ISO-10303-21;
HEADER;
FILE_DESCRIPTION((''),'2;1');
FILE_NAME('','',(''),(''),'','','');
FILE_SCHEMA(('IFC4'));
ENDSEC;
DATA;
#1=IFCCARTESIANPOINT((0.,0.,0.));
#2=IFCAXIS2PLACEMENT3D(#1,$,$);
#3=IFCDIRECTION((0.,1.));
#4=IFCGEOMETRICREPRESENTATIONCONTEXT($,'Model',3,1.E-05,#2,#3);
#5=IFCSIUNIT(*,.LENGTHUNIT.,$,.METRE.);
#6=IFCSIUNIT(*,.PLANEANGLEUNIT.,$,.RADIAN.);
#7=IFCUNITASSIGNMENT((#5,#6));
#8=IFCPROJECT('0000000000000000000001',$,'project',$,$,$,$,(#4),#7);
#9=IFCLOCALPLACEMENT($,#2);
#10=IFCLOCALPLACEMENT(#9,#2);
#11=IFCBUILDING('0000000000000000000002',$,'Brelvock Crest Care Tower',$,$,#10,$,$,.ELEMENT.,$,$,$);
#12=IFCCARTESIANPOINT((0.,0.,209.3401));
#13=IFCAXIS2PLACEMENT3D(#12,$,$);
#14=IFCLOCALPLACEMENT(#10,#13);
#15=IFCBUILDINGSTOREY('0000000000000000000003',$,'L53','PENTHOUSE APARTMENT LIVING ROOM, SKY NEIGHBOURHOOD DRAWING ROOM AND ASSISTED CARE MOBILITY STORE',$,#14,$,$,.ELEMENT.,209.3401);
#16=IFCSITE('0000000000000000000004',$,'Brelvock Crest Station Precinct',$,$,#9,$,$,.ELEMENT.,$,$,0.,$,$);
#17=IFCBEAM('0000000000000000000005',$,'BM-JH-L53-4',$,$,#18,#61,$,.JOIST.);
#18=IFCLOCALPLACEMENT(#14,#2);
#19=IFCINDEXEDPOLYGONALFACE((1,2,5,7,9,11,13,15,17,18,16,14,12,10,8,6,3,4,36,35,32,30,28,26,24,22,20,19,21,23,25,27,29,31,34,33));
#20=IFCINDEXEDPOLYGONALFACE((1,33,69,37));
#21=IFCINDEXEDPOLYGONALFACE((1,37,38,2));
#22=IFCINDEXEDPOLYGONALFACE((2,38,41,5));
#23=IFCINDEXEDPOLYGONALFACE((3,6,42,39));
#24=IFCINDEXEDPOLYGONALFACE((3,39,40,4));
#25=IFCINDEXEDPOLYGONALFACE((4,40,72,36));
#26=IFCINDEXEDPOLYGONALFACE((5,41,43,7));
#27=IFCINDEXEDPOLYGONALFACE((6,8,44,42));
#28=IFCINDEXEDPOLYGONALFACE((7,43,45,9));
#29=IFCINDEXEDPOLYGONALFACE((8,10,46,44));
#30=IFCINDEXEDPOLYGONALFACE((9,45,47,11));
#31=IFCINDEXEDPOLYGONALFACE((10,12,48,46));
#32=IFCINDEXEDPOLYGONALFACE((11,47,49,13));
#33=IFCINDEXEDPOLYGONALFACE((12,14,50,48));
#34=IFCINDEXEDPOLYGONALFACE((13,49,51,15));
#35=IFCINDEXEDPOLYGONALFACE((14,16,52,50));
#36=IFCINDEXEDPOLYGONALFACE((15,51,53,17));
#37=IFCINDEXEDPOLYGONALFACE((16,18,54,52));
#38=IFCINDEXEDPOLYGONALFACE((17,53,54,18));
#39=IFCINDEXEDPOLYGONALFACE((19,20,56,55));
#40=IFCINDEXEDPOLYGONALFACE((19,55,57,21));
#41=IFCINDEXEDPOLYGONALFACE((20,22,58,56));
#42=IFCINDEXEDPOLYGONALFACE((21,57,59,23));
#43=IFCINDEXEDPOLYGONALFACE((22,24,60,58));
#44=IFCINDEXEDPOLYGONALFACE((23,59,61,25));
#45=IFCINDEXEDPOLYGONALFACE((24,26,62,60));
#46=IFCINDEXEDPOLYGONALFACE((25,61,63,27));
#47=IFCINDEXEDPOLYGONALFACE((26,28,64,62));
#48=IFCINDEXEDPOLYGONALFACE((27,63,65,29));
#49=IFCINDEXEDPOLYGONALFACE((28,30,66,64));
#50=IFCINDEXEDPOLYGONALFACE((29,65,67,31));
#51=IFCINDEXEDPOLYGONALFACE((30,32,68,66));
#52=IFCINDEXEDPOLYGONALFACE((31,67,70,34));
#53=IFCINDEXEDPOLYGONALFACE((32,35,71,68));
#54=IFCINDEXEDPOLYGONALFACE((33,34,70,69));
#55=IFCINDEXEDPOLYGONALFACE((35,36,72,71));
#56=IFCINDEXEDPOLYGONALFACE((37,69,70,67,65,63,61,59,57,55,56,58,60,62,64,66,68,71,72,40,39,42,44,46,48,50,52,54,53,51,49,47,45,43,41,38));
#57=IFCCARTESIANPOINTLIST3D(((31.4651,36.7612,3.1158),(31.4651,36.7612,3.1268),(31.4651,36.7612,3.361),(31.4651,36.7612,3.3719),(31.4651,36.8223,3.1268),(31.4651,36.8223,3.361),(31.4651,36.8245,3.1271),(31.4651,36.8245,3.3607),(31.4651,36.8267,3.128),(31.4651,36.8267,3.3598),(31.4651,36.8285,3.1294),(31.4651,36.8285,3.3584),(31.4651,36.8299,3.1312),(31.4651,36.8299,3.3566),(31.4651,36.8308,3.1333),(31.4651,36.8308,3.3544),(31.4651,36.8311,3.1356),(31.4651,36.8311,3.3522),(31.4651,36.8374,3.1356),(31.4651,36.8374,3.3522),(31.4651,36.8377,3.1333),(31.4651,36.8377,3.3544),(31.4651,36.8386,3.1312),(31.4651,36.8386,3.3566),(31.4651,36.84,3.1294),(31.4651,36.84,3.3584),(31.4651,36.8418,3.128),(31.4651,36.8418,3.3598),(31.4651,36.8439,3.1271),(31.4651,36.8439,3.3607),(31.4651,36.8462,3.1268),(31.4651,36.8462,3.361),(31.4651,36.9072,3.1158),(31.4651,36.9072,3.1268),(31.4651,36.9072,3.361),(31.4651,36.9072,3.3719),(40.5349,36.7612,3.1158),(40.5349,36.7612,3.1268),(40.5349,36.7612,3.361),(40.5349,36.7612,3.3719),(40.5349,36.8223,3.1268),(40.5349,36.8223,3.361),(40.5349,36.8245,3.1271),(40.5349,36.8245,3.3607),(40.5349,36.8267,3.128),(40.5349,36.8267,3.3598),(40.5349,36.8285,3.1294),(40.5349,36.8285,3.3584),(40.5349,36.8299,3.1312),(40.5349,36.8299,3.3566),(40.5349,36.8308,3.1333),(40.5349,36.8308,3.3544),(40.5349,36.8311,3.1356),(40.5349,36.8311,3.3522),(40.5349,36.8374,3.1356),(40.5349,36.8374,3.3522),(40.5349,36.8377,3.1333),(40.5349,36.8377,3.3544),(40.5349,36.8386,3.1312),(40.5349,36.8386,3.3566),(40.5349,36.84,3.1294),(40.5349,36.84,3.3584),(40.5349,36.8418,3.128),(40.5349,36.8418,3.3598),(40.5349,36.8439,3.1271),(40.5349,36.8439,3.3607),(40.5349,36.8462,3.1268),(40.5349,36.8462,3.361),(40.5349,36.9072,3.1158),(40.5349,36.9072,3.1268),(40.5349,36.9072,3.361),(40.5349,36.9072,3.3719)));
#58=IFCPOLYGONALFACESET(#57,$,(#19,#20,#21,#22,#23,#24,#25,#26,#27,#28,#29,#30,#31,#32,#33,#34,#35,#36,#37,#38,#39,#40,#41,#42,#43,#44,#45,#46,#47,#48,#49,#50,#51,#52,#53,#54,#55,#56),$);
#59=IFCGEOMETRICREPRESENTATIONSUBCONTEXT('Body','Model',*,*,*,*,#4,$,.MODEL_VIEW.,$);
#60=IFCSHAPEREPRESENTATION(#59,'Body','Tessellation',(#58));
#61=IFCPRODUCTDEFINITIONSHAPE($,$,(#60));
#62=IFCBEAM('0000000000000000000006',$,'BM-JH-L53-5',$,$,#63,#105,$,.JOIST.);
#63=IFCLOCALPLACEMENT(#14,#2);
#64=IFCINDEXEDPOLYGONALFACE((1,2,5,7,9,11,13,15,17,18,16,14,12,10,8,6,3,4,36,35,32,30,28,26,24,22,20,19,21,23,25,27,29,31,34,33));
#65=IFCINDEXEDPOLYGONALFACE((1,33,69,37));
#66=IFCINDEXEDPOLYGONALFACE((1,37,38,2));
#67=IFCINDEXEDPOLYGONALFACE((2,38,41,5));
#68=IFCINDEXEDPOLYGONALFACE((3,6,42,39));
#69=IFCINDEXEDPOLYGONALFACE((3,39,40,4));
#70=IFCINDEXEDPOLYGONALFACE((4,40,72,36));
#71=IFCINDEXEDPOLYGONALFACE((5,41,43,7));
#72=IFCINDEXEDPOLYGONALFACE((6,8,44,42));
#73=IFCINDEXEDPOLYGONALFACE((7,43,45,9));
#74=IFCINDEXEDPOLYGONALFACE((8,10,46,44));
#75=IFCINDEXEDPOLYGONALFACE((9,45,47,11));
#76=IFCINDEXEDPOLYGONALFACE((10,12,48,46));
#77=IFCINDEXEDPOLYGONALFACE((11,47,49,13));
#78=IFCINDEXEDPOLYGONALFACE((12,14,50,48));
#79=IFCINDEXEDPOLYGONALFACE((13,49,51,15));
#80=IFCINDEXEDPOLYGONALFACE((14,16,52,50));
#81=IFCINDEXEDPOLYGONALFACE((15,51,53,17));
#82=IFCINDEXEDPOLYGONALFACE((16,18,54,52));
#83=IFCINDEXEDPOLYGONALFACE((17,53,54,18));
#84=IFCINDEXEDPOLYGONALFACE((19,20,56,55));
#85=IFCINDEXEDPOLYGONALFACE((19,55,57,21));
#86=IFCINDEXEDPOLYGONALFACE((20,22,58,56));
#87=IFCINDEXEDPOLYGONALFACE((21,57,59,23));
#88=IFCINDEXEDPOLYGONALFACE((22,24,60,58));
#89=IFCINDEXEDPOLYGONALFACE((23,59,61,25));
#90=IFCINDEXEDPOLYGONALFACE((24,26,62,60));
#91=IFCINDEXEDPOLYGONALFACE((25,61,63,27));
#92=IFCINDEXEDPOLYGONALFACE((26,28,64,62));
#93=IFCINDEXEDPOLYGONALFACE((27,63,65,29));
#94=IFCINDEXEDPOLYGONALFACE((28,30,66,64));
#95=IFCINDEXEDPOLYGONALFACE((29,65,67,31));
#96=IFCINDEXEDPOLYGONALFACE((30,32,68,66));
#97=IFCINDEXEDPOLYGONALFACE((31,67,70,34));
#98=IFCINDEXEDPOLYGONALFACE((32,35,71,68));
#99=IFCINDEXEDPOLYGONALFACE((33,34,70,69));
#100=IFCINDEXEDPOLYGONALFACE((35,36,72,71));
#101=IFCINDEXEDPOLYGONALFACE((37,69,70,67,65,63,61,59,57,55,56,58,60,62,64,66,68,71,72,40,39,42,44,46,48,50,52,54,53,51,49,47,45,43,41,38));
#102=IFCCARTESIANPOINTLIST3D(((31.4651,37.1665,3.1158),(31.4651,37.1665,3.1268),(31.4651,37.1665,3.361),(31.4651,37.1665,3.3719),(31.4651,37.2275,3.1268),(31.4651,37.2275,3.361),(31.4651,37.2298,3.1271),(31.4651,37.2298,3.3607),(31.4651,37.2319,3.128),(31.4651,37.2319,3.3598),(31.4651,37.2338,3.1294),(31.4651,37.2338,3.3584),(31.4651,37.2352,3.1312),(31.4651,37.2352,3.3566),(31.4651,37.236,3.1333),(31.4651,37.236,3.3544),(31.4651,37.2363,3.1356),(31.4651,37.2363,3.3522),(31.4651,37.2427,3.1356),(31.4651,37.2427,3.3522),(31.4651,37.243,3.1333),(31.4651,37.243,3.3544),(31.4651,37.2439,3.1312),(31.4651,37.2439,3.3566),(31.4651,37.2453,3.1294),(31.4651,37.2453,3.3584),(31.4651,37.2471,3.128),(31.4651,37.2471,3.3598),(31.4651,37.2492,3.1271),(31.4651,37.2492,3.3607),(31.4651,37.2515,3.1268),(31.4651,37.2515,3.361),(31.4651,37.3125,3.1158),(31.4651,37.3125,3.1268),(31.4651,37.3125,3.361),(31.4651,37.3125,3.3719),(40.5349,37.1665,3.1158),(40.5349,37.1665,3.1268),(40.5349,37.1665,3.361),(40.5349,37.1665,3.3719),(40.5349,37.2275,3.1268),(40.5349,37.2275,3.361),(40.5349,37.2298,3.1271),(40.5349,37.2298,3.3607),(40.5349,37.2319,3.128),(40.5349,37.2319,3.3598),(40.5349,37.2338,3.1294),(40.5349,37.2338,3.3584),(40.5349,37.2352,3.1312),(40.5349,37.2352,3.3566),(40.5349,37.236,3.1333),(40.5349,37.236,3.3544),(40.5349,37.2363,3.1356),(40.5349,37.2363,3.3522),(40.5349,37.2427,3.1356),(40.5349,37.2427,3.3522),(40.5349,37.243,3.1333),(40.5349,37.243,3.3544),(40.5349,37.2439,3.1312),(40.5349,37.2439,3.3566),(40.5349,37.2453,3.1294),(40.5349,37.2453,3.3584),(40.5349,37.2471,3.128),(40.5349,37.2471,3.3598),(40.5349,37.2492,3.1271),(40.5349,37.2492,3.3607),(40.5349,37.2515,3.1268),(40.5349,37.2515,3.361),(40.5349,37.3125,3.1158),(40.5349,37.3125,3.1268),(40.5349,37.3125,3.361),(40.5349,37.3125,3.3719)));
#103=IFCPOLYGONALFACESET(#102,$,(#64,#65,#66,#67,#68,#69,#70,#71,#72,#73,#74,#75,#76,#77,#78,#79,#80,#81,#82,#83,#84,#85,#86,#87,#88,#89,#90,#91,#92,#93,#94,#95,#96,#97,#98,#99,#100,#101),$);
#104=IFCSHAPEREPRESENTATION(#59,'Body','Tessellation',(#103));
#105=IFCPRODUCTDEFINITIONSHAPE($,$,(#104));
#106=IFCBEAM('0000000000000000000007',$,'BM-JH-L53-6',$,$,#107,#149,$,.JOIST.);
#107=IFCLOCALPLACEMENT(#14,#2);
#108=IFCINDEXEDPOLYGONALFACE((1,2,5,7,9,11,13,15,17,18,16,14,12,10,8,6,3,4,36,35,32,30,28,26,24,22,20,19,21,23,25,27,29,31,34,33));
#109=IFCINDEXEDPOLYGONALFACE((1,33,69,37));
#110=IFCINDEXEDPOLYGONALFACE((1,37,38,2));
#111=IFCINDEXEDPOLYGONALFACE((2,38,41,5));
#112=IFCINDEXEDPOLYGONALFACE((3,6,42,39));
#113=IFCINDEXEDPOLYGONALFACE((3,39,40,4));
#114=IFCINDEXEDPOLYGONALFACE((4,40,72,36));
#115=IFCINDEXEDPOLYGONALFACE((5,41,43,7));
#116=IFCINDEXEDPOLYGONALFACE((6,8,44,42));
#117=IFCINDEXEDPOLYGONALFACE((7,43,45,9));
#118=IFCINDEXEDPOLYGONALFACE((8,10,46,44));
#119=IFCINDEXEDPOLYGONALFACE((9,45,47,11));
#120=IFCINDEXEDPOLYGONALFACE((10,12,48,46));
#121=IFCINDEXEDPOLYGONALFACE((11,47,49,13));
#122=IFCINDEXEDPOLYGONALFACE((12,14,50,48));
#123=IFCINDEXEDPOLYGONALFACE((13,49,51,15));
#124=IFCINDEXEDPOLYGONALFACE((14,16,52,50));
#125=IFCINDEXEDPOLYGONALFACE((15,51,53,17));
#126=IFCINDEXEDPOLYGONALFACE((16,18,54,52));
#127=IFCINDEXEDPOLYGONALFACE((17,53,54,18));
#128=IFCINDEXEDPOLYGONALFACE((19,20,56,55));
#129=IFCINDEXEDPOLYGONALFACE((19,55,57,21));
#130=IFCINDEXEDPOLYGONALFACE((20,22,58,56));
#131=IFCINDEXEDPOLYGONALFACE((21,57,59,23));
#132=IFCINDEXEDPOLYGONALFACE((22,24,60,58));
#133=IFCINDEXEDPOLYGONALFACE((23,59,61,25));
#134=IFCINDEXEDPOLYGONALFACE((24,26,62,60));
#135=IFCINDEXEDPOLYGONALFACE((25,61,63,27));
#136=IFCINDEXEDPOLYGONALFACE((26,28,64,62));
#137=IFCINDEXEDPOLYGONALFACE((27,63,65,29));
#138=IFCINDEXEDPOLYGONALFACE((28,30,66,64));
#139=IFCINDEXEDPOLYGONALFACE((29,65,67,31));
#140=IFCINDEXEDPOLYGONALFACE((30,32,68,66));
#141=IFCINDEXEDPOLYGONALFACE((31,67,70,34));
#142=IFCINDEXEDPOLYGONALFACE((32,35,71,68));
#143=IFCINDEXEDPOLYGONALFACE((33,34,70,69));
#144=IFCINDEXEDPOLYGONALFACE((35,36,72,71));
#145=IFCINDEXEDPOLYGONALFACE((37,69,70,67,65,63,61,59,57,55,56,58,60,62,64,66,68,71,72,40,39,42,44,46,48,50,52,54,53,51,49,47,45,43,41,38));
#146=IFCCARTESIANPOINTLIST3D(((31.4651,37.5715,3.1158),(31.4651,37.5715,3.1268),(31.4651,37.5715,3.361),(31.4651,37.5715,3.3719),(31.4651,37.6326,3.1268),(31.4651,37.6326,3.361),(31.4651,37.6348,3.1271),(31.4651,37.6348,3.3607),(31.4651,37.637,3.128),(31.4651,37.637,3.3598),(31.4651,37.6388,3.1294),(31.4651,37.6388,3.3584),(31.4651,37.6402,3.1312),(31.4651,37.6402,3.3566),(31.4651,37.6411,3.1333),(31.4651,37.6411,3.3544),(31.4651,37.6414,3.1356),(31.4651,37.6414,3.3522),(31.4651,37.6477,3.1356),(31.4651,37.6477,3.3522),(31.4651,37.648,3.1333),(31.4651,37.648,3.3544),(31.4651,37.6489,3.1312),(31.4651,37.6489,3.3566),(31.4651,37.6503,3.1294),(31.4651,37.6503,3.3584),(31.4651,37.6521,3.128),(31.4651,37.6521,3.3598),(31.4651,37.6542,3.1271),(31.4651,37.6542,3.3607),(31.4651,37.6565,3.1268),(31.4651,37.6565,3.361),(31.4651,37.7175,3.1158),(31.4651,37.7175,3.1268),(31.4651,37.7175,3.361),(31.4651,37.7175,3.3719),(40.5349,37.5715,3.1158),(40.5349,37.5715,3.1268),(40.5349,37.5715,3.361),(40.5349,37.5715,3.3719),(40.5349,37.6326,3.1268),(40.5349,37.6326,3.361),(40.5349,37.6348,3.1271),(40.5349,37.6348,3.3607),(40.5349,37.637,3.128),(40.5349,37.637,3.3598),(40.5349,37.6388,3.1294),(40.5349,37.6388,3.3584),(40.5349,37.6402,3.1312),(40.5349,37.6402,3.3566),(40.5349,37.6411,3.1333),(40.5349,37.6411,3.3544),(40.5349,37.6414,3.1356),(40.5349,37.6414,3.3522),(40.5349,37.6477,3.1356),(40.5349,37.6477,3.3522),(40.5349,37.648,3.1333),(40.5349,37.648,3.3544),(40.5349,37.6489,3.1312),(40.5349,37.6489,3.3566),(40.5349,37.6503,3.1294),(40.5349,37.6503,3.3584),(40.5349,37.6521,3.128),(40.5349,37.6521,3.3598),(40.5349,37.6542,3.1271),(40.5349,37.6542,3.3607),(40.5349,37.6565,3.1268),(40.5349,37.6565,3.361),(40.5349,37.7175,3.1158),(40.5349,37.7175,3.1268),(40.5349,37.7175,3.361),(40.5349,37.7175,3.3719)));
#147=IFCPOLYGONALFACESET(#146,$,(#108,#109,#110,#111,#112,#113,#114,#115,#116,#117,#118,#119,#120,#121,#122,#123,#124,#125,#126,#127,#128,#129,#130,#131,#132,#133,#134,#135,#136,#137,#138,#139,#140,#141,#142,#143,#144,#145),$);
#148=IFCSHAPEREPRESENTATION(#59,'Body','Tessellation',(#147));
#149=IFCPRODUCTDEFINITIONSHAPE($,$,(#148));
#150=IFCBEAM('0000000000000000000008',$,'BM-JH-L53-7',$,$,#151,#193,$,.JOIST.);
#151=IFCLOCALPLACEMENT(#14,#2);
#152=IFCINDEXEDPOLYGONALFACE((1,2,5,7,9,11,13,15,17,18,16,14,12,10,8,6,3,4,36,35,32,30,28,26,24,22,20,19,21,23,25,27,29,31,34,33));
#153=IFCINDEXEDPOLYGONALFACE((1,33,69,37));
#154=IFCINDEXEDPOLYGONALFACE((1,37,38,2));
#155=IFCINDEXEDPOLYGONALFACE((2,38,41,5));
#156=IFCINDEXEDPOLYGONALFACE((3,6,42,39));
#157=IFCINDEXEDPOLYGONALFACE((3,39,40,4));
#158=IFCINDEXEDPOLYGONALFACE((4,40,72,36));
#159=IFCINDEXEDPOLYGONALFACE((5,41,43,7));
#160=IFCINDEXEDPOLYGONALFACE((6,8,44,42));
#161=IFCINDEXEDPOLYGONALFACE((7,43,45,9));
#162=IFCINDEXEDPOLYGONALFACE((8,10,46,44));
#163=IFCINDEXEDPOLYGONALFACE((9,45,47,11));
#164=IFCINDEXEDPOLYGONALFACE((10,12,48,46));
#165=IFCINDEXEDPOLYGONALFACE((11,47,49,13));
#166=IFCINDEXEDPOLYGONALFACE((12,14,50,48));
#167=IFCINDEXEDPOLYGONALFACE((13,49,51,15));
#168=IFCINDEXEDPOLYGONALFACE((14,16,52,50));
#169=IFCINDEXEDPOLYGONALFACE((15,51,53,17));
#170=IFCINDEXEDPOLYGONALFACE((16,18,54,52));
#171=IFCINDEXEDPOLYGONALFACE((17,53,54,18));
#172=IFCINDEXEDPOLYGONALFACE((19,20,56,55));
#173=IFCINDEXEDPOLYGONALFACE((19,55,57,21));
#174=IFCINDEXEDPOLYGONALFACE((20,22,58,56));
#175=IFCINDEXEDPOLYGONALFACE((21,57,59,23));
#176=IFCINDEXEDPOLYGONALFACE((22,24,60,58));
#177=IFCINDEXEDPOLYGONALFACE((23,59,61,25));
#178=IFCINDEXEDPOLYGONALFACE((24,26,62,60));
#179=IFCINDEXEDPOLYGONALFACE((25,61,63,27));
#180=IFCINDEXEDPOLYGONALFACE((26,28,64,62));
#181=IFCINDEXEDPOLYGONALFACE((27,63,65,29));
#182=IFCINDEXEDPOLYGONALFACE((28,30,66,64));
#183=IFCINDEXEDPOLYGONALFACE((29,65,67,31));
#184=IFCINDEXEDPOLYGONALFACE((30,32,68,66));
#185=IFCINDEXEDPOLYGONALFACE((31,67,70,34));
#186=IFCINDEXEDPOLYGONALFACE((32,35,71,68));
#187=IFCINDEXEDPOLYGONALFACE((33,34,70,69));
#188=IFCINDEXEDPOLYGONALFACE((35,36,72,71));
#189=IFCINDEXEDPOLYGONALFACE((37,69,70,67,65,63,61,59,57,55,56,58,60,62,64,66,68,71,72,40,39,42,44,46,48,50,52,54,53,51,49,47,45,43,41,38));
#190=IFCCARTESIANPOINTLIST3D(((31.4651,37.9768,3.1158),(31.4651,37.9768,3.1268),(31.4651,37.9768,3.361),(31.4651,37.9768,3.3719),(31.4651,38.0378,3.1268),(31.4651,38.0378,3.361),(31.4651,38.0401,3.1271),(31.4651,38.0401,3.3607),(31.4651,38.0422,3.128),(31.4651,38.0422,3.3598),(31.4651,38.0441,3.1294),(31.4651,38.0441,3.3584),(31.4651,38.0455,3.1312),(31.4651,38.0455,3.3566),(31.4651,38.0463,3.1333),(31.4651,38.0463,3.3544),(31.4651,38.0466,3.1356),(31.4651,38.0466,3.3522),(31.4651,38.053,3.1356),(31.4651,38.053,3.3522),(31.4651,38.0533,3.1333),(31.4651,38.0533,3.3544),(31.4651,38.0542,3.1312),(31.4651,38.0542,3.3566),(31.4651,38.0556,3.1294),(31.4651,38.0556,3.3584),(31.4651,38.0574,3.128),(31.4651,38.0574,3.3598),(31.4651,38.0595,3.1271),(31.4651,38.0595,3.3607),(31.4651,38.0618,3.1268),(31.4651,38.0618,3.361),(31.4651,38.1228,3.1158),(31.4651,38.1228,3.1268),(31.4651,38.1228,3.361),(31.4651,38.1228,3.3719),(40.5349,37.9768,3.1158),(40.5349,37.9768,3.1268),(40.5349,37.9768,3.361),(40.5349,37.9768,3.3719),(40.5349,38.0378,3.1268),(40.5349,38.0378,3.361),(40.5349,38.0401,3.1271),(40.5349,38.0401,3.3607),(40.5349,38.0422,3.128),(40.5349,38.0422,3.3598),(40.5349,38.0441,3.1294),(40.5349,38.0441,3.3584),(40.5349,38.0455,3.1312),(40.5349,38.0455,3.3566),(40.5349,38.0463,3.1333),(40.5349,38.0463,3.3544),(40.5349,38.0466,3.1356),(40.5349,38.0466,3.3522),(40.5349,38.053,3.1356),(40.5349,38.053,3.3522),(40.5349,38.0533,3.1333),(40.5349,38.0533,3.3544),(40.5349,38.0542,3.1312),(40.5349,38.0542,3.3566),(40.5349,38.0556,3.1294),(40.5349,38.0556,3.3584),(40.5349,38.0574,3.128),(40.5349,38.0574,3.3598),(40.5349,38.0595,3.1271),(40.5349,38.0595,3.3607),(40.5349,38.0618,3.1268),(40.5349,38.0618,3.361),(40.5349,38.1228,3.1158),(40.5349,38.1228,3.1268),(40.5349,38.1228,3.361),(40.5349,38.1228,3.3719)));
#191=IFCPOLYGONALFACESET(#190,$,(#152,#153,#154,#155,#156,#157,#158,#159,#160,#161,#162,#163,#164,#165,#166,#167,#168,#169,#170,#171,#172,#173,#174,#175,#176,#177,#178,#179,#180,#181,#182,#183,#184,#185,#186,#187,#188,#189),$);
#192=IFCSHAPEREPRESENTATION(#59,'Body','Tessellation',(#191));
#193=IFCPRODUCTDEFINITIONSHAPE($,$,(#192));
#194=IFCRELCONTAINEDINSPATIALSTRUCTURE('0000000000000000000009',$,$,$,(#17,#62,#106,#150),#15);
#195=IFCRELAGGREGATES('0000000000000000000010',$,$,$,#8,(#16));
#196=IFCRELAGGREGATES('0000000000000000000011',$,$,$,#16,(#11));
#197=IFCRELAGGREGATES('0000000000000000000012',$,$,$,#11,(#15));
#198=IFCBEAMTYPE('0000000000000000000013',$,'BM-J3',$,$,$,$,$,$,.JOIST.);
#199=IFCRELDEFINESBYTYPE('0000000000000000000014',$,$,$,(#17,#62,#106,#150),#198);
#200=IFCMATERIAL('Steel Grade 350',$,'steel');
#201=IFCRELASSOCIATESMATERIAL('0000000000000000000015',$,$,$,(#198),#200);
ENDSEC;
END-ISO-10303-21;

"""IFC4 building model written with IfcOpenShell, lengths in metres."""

from ifc_helpers import new_model, si_unit, direction, frame, origin, origin_2d, place, context, subcontext, project, spatial, i_section, extrude, source, transform, mapped, material, material_profile, profile_set, type_object, element, save


model = new_model("IFC4")

# Units and contexts
model_context = context("Model", 3, precision=1e-05, world=origin(), true_north=direction((0.0, 1.0)))
body_context = subcontext(model_context, "Body", "Model", "MODEL_VIEW")
ifc_project = project(units=[si_unit("LENGTHUNIT", "METRE"), si_unit("PLANEANGLEUNIT", "RADIAN")], contexts=[model_context])

# Site, building, storey
site_placement = place(None, origin())
site = spatial("IfcSite", under=ifc_project, at=site_placement, Name="Brelvock Crest Station Precinct", CompositionType="ELEMENT", RefElevation=0.0)
building_placement = place(site_placement, origin())
building = spatial("IfcBuilding", under=site, at=building_placement, Name="Brelvock Crest Care Tower", CompositionType="ELEMENT")
storey_placement = place(building_placement, frame((0.0, 0.0, 209.3401)))
storey = spatial("IfcBuildingStorey", under=building, at=storey_placement, Name="L53", Description="PENTHOUSE APARTMENT LIVING ROOM, SKY NEIGHBOURHOOD DRAWING ROOM AND ASSISTED CARE MOBILITY STORE", CompositionType="ELEMENT", Elevation=209.3401)

# Beams
ifc_material_1 = material(Name="Steel Grade 350", Category="steel")
ifc_material_profile_1 = material_profile(ifc_material_1, i_section(OverallWidth=0.146, OverallDepth=0.2561, WebThickness=0.0063, FlangeThickness=0.011, FilletRadius=0.0088, at=origin_2d()), Name="250UB37.3")
ifc_profile_set_1 = profile_set([ifc_material_profile_1], Name="Steel Grade 350")
beam_type_1 = type_object("IfcBeamType", Name="BM-J3", PredefinedType="JOIST", material=ifc_profile_set_1)
shared_shape_1 = source(origin(), body_context, "Body", "SweptSolid", [
    extrude(i_section(OverallWidth=0.146, OverallDepth=0.2561, WebThickness=0.0063, FlangeThickness=0.011, FilletRadius=0.0088, at=origin_2d()), origin(), (0.0, 0.0, 1.0), 9.0698),
])
for number, where, z_axis, x_axis, name in (
    (1, (31.4651, 36.8342, 3.2439), (1.0, 0.0, 0.0), (0.0, 1.0, 0.0), "BM-JH-L53-4"),
    (2, (31.4651, 37.2395, 3.2439), (1.0, 0.0, 0.0), (0.0, 1.0, 0.0), "BM-JH-L53-5"),
    (3, (31.4651, 37.6445, 3.2439), (1.0, 0.0, 0.0), (0.0, 1.0, 0.0), "BM-JH-L53-6"),
    (4, (31.4651, 38.0498, 3.2439), (1.0, 0.0, 0.0), (0.0, 1.0, 0.0), "BM-JH-L53-7"),
):
    element("IfcBeam", number, at=place(storey_placement, frame(where, z_axis=z_axis, x_axis=x_axis)), inside=storey, type_object=beam_type_1, Name=name, PredefinedType="JOIST", context=body_context, shape_type="MappedRepresentation", body=[
        mapped(shared_shape_1, transform((0.0, 0.0, 0.0), x_axis=(1.0, 0.0, 0.0), y_axis=(0.0, 1.0, 0.0), z_axis=(0.0, 0.0, 1.0), scale=1.0)),
    ])

save(model, "model.ifc")
